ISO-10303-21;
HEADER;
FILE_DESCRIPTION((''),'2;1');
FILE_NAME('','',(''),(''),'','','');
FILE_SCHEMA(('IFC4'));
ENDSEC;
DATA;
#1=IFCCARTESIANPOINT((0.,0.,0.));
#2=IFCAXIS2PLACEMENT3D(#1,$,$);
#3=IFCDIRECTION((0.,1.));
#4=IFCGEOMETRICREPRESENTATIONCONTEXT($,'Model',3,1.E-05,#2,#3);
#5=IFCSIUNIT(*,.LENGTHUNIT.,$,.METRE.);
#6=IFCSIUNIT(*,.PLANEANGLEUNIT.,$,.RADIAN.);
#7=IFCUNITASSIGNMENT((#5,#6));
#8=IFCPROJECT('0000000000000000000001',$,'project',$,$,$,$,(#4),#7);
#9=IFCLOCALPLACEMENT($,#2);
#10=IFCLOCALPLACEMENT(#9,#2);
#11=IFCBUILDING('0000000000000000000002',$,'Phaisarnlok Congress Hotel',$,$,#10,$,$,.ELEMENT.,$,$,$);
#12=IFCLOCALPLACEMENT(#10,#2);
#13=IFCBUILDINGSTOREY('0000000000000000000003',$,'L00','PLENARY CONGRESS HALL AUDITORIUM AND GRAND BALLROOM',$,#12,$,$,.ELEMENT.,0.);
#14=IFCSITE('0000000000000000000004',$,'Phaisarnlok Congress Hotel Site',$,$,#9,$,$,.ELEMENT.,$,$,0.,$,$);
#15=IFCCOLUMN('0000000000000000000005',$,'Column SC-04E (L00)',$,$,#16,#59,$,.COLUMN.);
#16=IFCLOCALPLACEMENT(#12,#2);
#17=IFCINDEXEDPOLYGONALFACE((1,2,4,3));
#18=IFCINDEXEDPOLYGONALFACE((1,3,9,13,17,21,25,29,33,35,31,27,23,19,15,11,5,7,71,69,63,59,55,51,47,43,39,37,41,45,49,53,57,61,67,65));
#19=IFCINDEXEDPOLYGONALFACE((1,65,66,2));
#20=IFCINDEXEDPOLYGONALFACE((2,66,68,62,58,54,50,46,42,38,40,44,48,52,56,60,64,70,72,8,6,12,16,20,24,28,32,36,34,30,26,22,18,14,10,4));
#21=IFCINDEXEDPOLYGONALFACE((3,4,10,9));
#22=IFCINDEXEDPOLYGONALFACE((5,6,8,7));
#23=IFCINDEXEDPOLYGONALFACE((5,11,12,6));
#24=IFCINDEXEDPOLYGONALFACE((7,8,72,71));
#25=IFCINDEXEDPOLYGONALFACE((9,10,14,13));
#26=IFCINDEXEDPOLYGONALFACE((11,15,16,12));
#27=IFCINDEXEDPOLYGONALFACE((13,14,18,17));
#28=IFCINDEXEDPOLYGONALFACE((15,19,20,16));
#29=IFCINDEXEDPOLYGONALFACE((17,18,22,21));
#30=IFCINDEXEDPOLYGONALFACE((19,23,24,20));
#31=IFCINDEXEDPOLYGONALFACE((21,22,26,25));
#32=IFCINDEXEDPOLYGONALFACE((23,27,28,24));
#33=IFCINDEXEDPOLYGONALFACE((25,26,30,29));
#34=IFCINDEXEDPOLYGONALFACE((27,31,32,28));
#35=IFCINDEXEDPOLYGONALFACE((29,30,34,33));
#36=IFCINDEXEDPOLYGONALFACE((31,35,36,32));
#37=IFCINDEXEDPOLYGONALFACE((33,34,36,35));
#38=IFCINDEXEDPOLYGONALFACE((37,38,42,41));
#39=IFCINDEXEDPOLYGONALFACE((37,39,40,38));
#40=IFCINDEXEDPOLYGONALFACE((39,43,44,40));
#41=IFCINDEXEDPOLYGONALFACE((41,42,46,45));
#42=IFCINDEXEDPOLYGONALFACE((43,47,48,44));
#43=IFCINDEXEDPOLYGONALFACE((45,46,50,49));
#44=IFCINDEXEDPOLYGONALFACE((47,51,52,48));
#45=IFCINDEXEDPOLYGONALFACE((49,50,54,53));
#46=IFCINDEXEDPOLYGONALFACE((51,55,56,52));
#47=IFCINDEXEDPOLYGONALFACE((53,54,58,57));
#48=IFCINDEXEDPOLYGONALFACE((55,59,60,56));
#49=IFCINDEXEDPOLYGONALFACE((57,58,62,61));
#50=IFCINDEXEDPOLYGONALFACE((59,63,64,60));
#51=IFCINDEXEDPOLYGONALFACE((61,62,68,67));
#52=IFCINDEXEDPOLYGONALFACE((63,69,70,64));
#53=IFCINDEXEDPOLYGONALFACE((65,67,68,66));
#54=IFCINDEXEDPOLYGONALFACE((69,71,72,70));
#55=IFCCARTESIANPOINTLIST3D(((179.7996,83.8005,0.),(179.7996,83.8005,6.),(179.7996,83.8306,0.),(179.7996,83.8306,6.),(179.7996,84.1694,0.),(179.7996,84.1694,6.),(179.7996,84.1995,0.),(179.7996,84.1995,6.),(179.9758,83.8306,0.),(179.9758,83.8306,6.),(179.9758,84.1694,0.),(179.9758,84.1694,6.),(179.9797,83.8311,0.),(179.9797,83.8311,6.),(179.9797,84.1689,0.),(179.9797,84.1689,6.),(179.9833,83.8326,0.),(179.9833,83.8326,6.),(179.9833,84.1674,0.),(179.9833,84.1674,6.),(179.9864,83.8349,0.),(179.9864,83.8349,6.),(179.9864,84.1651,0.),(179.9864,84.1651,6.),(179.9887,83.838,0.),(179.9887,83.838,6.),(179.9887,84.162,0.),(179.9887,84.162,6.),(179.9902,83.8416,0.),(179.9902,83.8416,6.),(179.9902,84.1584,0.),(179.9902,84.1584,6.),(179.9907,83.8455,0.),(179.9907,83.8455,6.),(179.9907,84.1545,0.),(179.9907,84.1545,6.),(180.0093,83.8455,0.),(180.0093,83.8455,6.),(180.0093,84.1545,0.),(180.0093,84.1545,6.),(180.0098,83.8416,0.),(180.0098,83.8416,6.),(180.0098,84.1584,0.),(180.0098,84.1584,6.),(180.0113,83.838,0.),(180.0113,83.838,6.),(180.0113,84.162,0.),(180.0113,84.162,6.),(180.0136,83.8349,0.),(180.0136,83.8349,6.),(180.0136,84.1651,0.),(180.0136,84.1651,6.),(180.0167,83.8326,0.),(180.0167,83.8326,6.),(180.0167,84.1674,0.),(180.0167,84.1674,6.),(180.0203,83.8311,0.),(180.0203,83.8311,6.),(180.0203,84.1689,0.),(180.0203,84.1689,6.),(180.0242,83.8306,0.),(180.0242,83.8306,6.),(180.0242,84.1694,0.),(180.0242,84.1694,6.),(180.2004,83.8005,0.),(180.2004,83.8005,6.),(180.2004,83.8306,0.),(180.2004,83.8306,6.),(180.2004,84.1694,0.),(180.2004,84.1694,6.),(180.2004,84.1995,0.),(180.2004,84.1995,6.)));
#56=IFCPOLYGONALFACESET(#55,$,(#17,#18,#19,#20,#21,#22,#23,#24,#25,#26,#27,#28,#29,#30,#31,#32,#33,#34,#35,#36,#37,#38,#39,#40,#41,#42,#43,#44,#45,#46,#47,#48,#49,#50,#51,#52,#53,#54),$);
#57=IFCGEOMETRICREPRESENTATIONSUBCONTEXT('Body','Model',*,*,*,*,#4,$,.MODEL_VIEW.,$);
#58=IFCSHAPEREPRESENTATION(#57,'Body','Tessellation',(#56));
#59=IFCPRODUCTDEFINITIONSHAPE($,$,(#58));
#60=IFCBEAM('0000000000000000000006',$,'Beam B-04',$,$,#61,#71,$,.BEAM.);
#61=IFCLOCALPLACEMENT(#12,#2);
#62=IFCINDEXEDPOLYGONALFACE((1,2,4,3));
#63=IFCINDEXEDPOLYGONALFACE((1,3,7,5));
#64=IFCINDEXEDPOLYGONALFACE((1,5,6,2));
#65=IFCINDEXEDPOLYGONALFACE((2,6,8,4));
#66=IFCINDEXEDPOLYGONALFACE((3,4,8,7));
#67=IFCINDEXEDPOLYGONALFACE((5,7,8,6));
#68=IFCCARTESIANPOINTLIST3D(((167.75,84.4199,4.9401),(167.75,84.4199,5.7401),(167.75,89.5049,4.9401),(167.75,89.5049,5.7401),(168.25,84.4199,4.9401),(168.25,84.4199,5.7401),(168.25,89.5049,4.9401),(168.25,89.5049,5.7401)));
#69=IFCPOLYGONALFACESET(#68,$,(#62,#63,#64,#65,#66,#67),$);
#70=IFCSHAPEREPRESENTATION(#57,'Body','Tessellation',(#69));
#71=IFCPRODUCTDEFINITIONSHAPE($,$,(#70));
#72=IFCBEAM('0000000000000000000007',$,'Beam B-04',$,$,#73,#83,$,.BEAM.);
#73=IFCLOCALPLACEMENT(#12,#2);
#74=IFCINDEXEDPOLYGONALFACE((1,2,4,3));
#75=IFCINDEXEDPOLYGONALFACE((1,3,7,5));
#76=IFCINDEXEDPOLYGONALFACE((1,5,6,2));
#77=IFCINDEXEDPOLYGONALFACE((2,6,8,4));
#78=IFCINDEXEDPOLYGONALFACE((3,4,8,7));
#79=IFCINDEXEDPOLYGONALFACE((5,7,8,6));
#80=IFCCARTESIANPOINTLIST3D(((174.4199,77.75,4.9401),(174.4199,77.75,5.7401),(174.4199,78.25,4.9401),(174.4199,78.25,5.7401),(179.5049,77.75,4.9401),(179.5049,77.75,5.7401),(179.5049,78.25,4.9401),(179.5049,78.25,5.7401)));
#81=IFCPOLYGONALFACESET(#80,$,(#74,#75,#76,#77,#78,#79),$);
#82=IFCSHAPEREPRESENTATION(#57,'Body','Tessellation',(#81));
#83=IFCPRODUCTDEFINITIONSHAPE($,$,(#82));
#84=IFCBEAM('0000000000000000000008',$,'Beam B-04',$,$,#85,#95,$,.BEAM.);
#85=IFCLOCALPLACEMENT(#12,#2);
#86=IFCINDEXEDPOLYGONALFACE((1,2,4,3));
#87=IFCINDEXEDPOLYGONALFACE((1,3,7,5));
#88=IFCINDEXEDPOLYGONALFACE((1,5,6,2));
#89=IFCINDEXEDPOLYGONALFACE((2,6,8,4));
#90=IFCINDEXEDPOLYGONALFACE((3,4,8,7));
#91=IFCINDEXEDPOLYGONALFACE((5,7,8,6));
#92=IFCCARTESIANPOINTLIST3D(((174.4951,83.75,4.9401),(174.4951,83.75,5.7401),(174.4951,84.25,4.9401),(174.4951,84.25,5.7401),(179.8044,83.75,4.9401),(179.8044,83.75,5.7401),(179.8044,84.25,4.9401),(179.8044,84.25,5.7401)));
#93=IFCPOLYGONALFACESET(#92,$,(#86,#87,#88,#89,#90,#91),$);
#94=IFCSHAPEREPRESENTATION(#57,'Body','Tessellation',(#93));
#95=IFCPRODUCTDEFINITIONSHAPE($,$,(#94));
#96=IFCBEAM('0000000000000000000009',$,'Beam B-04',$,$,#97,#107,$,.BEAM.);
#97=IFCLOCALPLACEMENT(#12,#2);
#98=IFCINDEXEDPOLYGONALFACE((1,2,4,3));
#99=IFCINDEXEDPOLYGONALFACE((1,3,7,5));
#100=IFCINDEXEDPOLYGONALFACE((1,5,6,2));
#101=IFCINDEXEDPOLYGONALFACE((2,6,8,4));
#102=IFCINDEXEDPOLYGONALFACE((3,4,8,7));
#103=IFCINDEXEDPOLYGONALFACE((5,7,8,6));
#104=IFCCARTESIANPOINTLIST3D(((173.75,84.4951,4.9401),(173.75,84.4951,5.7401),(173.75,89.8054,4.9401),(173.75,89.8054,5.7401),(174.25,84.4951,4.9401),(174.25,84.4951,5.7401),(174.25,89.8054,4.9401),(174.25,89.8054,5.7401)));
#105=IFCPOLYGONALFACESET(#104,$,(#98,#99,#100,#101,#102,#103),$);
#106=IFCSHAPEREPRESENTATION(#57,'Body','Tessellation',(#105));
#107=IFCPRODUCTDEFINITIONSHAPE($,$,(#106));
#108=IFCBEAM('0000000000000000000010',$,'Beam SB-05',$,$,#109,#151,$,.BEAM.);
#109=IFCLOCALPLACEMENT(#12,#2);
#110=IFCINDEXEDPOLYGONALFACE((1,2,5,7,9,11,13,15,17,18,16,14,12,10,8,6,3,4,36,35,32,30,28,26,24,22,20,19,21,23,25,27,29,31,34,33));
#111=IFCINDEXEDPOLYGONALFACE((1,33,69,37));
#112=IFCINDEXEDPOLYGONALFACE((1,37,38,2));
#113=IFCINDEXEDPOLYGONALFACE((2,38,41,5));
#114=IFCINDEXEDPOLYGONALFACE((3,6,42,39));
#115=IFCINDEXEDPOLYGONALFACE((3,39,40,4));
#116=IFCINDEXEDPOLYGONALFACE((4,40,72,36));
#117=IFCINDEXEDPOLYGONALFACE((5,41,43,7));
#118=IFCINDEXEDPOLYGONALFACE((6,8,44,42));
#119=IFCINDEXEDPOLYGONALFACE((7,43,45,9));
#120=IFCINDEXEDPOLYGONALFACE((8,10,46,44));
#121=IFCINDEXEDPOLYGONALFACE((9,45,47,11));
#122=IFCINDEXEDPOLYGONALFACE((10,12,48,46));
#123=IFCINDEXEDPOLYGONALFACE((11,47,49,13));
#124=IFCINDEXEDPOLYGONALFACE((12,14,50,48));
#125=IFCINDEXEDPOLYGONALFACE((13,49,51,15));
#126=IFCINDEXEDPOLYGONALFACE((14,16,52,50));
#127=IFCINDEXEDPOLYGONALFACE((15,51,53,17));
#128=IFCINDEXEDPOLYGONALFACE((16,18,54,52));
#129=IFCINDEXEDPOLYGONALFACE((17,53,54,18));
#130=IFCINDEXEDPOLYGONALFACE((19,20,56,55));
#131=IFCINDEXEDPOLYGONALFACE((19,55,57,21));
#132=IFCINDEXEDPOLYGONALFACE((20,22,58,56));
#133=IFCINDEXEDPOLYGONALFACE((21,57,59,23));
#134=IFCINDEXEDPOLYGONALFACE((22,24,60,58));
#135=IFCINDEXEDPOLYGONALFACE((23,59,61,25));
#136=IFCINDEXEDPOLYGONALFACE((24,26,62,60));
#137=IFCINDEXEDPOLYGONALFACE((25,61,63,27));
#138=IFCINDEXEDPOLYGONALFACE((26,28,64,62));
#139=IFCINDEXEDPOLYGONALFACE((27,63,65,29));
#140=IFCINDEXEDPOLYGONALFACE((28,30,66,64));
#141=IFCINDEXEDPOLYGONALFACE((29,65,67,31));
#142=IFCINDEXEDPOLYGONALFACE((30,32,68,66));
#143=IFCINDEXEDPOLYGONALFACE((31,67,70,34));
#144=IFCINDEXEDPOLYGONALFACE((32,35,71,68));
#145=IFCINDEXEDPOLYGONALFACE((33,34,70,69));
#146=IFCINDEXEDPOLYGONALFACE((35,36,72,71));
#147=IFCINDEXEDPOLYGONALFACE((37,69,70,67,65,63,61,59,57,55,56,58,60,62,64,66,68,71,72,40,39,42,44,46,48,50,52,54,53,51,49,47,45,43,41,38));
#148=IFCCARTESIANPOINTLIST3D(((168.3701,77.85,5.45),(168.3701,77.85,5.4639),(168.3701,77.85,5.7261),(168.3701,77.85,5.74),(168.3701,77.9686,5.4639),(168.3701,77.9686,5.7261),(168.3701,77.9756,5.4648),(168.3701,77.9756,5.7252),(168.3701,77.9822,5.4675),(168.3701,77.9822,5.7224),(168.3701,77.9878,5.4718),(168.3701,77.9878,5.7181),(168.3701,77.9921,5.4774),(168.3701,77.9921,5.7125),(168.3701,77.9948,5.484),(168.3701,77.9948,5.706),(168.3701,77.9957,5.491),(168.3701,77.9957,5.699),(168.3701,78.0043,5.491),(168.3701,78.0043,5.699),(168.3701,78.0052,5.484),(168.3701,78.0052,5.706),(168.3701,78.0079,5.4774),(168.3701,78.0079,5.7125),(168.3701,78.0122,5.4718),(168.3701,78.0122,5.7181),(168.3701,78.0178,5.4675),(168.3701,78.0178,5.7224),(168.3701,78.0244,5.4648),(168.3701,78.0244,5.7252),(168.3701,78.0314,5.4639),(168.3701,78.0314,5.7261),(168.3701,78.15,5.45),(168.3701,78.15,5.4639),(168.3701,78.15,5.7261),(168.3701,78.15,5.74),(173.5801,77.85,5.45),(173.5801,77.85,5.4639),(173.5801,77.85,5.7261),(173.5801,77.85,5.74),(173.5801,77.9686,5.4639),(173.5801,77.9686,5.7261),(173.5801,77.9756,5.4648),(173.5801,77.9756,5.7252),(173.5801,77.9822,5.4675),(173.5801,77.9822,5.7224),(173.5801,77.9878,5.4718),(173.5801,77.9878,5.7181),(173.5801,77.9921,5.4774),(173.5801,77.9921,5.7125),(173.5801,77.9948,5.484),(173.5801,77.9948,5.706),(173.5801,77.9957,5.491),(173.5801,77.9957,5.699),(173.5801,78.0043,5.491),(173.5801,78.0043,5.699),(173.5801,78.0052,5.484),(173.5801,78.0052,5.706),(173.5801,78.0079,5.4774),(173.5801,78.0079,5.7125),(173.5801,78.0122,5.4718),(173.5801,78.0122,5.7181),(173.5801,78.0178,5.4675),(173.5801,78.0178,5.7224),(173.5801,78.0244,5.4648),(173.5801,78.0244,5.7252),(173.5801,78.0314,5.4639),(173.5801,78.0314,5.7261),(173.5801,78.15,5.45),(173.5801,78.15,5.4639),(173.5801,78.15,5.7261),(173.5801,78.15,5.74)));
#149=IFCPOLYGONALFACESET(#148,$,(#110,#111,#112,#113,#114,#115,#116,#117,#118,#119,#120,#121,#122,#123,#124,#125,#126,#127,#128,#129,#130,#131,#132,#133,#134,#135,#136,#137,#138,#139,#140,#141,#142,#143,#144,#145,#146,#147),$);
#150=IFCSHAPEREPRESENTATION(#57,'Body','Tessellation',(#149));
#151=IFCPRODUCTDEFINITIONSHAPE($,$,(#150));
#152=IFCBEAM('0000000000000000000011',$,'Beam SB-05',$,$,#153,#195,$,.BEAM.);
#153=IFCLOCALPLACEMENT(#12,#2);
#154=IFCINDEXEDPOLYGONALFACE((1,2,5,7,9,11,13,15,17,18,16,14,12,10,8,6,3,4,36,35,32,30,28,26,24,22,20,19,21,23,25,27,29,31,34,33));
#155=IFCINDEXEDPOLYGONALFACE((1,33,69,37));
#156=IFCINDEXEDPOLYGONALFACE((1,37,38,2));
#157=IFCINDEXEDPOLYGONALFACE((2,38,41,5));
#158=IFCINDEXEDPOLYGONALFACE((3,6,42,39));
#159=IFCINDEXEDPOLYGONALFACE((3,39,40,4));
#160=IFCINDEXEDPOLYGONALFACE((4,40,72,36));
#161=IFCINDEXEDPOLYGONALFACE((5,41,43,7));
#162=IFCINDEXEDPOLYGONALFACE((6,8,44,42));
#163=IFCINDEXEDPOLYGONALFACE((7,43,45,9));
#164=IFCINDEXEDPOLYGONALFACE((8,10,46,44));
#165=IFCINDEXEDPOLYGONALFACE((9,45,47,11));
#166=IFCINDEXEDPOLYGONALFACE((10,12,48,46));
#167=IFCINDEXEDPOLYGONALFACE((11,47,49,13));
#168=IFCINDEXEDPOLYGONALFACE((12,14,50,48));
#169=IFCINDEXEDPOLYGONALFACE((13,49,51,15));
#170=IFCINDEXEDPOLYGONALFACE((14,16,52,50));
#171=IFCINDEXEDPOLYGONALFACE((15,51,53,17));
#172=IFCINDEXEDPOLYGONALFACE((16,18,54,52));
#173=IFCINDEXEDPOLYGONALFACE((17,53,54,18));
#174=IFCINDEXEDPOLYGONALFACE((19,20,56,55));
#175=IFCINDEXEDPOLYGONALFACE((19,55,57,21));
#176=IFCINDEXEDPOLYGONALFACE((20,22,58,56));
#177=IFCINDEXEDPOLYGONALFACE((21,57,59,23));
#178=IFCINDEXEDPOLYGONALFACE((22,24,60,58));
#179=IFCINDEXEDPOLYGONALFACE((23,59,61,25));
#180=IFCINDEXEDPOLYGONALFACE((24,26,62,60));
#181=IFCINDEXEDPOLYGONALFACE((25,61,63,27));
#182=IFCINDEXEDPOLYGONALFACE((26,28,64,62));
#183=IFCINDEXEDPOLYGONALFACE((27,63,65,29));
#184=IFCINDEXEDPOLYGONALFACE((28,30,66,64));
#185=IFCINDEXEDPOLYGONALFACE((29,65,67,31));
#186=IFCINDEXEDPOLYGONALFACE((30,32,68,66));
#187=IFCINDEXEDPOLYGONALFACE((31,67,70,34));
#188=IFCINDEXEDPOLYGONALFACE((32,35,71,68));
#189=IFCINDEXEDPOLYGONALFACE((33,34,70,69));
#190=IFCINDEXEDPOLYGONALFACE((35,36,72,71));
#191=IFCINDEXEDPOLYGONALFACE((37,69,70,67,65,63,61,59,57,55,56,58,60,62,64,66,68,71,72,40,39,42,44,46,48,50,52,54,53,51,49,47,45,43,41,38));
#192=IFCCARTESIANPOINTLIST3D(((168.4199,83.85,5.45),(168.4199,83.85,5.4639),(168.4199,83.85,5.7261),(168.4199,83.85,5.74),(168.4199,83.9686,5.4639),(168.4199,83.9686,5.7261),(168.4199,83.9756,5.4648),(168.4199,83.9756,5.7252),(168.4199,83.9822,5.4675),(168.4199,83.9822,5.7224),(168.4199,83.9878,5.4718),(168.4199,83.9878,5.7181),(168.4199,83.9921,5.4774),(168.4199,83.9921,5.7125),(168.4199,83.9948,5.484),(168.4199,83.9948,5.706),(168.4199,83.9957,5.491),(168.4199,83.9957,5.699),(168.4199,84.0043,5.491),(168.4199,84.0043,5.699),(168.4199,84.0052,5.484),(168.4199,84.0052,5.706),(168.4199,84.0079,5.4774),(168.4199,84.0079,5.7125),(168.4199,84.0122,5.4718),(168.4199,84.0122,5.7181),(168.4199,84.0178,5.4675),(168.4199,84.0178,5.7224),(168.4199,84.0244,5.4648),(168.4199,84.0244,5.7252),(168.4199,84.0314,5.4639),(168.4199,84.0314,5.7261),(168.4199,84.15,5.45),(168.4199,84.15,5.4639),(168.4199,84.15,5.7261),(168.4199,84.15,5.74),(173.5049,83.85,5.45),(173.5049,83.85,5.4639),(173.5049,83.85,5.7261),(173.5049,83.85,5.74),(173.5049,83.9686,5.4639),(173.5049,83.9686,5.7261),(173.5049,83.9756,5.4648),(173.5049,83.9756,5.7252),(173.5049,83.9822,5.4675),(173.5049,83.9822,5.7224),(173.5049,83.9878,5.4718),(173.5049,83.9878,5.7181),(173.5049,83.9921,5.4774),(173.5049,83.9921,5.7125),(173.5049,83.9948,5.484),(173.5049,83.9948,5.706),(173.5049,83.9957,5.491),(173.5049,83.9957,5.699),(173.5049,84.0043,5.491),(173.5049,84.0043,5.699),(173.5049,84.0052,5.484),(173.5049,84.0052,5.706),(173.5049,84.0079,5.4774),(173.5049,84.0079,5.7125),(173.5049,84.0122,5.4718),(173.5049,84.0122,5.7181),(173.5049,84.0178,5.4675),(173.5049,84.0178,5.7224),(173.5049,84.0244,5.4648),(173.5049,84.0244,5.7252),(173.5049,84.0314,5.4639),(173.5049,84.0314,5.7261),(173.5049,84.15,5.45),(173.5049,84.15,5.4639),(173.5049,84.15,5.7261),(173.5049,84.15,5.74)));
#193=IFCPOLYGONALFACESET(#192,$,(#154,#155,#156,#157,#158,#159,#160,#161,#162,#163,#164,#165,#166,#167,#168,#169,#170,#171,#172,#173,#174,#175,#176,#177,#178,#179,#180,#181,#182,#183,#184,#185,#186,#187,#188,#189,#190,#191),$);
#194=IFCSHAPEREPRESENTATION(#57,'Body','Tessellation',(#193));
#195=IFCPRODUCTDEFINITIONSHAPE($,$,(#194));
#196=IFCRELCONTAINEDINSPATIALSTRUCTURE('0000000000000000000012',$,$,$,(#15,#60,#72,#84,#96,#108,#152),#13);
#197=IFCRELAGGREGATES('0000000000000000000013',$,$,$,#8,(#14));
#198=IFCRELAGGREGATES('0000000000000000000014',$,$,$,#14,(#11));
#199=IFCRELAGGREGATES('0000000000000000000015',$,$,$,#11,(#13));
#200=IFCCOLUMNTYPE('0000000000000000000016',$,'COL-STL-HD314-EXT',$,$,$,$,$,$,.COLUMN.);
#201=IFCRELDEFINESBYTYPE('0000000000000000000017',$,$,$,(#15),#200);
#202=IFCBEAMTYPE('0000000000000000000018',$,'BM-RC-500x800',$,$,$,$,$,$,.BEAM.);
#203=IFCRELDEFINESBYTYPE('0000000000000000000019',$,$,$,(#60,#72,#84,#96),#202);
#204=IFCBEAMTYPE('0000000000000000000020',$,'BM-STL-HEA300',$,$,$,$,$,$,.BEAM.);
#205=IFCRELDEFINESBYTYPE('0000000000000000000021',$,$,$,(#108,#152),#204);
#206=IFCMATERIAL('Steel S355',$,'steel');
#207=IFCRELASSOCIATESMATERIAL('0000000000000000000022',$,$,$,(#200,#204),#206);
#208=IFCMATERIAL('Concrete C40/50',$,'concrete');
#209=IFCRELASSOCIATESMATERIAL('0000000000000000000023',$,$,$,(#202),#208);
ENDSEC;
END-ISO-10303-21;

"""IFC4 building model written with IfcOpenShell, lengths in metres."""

from ifc_helpers import new_model, si_unit, direction, frame, origin, origin_2d, place, context, subcontext, project, spatial, rectangle, i_section, extrude, material, material_profile, profile_set, type_object, element, save


model = new_model("IFC4")

# Units and contexts
model_context = context("Model", 3, precision=1e-05, world=origin(), true_north=direction((0.0, 1.0)))
body_context = subcontext(model_context, "Body", "Model", "MODEL_VIEW")
ifc_project = project(units=[si_unit("LENGTHUNIT", "METRE"), si_unit("PLANEANGLEUNIT", "RADIAN")], contexts=[model_context])

# Site, building, storey
site_placement = place(None, origin())
site = spatial("IfcSite", under=ifc_project, at=site_placement, Name="Phaisarnlok Congress Hotel Site", CompositionType="ELEMENT", RefElevation=0.0)
building_placement = place(site_placement, origin())
building = spatial("IfcBuilding", under=site, at=building_placement, Name="Phaisarnlok Congress Hotel", CompositionType="ELEMENT")
storey_placement = place(building_placement, origin())
storey = spatial("IfcBuildingStorey", under=building, at=storey_placement, Name="L00", Description="PLENARY CONGRESS HALL AUDITORIUM AND GRAND BALLROOM", CompositionType="ELEMENT", Elevation=0.0)

# Column
ifc_material_1 = material(Name="Steel S355", Category="steel")
ifc_material_profile_1 = material_profile(ifc_material_1, i_section(OverallWidth=0.4009, OverallDepth=0.3989, WebThickness=0.0186, FlangeThickness=0.03, FilletRadius=0.0149, at=origin_2d()), Name="HD 400x314")
ifc_profile_set_1 = profile_set([ifc_material_profile_1], Name="Steel S355")
column_type_1 = type_object("IfcColumnType", Name="COL-STL-HD314-EXT", PredefinedType="COLUMN", material=ifc_profile_set_1)
column_1_placement = place(storey_placement, frame((180.0, 84.0, 0.0), z_axis=(0.0, 0.0, 1.0), x_axis=(1.0, 0.0, 0.0)))
element("IfcColumn", 1, at=column_1_placement, inside=storey, type_object=column_type_1, Name="Column SC-04E (L00)", PredefinedType="COLUMN", context=body_context, shape_type="SweptSolid", body=[
    extrude(i_section(OverallWidth=0.4009, OverallDepth=0.3989, WebThickness=0.0186, FlangeThickness=0.03, FilletRadius=0.0149, at=origin_2d()), origin(), (0.0, 0.0, 1.0), 6.0),
])

# Beams
ifc_material_2 = material(Name="Concrete C40/50", Category="concrete")
ifc_material_profile_2 = material_profile(ifc_material_2, rectangle(XDim=0.5, YDim=0.8, at=origin_2d()), Name="RC 500x800")
ifc_profile_set_2 = profile_set([ifc_material_profile_2], Name="Concrete C40/50")
beam_type_1 = type_object("IfcBeamType", Name="BM-RC-500x800", PredefinedType="BEAM", material=ifc_profile_set_2)
for number, where, z_axis, x_axis, name in (
    (2, (168.0, 84.4199, 5.3401), (0.0, 1.0, 0.0), (-1.0, 0.0, 0.0), "Beam B-04"),
    (3, (174.4199, 78.0, 5.3401), (1.0, 0.0, 0.0), (0.0, 1.0, 0.0), "Beam B-04"),
):
    element("IfcBeam", number, at=place(storey_placement, frame(where, z_axis=z_axis, x_axis=x_axis)), inside=storey, type_object=beam_type_1, Name=name, PredefinedType="BEAM", context=body_context, shape_type="SweptSolid", body=[
        extrude(rectangle(XDim=0.5, YDim=0.8, at=origin_2d()), origin(), (0.0, 0.0, 1.0), 5.085),
    ])
beam_1_placement = place(storey_placement, frame((174.4951, 84.0, 5.3401), z_axis=(1.0, 0.0, 0.0), x_axis=(0.0, 1.0, 0.0)))
element("IfcBeam", 4, at=beam_1_placement, inside=storey, type_object=beam_type_1, Name="Beam B-04", PredefinedType="BEAM", context=body_context, shape_type="SweptSolid", body=[
    extrude(rectangle(XDim=0.5, YDim=0.8, at=origin_2d()), origin(), (0.0, 0.0, 1.0), 5.3093),
])
beam_2_placement = place(storey_placement, frame((174.0, 84.4951, 5.3401), z_axis=(0.0, 1.0, 0.0), x_axis=(-1.0, 0.0, 0.0)))
element("IfcBeam", 5, at=beam_2_placement, inside=storey, type_object=beam_type_1, Name="Beam B-04", PredefinedType="BEAM", context=body_context, shape_type="SweptSolid", body=[
    extrude(rectangle(XDim=0.5, YDim=0.8, at=origin_2d()), origin(), (0.0, 0.0, 1.0), 5.3103),
])
ifc_material_profile_3 = material_profile(ifc_material_1, i_section(OverallWidth=0.3, OverallDepth=0.29, WebThickness=0.0085, FlangeThickness=0.0139, FilletRadius=0.0271, at=origin_2d()), Name="HEA 300")
ifc_profile_set_3 = profile_set([ifc_material_profile_3], Name="Steel S355")
beam_type_2 = type_object("IfcBeamType", Name="BM-STL-HEA300", PredefinedType="BEAM", material=ifc_profile_set_3)
beam_3_placement = place(storey_placement, frame((168.3701, 78.0, 5.595), z_axis=(1.0, 0.0, 0.0), x_axis=(0.0, 1.0, 0.0)))
element("IfcBeam", 6, at=beam_3_placement, inside=storey, type_object=beam_type_2, Name="Beam SB-05", PredefinedType="BEAM", context=body_context, shape_type="SweptSolid", body=[
    extrude(i_section(OverallWidth=0.3, OverallDepth=0.29, WebThickness=0.0085, FlangeThickness=0.0139, FilletRadius=0.0271, at=origin_2d()), origin(), (0.0, 0.0, 1.0), 5.21),
])
beam_4_placement = place(storey_placement, frame((168.4199, 84.0, 5.595), z_axis=(1.0, 0.0, 0.0), x_axis=(0.0, 1.0, 0.0)))
element("IfcBeam", 7, at=beam_4_placement, inside=storey, type_object=beam_type_2, Name="Beam SB-05", PredefinedType="BEAM", context=body_context, shape_type="SweptSolid", body=[
    extrude(i_section(OverallWidth=0.3, OverallDepth=0.29, WebThickness=0.0085, FlangeThickness=0.0139, FilletRadius=0.0271, at=origin_2d()), origin(), (0.0, 0.0, 1.0), 5.085),
])

save(model, "model.ifc")
